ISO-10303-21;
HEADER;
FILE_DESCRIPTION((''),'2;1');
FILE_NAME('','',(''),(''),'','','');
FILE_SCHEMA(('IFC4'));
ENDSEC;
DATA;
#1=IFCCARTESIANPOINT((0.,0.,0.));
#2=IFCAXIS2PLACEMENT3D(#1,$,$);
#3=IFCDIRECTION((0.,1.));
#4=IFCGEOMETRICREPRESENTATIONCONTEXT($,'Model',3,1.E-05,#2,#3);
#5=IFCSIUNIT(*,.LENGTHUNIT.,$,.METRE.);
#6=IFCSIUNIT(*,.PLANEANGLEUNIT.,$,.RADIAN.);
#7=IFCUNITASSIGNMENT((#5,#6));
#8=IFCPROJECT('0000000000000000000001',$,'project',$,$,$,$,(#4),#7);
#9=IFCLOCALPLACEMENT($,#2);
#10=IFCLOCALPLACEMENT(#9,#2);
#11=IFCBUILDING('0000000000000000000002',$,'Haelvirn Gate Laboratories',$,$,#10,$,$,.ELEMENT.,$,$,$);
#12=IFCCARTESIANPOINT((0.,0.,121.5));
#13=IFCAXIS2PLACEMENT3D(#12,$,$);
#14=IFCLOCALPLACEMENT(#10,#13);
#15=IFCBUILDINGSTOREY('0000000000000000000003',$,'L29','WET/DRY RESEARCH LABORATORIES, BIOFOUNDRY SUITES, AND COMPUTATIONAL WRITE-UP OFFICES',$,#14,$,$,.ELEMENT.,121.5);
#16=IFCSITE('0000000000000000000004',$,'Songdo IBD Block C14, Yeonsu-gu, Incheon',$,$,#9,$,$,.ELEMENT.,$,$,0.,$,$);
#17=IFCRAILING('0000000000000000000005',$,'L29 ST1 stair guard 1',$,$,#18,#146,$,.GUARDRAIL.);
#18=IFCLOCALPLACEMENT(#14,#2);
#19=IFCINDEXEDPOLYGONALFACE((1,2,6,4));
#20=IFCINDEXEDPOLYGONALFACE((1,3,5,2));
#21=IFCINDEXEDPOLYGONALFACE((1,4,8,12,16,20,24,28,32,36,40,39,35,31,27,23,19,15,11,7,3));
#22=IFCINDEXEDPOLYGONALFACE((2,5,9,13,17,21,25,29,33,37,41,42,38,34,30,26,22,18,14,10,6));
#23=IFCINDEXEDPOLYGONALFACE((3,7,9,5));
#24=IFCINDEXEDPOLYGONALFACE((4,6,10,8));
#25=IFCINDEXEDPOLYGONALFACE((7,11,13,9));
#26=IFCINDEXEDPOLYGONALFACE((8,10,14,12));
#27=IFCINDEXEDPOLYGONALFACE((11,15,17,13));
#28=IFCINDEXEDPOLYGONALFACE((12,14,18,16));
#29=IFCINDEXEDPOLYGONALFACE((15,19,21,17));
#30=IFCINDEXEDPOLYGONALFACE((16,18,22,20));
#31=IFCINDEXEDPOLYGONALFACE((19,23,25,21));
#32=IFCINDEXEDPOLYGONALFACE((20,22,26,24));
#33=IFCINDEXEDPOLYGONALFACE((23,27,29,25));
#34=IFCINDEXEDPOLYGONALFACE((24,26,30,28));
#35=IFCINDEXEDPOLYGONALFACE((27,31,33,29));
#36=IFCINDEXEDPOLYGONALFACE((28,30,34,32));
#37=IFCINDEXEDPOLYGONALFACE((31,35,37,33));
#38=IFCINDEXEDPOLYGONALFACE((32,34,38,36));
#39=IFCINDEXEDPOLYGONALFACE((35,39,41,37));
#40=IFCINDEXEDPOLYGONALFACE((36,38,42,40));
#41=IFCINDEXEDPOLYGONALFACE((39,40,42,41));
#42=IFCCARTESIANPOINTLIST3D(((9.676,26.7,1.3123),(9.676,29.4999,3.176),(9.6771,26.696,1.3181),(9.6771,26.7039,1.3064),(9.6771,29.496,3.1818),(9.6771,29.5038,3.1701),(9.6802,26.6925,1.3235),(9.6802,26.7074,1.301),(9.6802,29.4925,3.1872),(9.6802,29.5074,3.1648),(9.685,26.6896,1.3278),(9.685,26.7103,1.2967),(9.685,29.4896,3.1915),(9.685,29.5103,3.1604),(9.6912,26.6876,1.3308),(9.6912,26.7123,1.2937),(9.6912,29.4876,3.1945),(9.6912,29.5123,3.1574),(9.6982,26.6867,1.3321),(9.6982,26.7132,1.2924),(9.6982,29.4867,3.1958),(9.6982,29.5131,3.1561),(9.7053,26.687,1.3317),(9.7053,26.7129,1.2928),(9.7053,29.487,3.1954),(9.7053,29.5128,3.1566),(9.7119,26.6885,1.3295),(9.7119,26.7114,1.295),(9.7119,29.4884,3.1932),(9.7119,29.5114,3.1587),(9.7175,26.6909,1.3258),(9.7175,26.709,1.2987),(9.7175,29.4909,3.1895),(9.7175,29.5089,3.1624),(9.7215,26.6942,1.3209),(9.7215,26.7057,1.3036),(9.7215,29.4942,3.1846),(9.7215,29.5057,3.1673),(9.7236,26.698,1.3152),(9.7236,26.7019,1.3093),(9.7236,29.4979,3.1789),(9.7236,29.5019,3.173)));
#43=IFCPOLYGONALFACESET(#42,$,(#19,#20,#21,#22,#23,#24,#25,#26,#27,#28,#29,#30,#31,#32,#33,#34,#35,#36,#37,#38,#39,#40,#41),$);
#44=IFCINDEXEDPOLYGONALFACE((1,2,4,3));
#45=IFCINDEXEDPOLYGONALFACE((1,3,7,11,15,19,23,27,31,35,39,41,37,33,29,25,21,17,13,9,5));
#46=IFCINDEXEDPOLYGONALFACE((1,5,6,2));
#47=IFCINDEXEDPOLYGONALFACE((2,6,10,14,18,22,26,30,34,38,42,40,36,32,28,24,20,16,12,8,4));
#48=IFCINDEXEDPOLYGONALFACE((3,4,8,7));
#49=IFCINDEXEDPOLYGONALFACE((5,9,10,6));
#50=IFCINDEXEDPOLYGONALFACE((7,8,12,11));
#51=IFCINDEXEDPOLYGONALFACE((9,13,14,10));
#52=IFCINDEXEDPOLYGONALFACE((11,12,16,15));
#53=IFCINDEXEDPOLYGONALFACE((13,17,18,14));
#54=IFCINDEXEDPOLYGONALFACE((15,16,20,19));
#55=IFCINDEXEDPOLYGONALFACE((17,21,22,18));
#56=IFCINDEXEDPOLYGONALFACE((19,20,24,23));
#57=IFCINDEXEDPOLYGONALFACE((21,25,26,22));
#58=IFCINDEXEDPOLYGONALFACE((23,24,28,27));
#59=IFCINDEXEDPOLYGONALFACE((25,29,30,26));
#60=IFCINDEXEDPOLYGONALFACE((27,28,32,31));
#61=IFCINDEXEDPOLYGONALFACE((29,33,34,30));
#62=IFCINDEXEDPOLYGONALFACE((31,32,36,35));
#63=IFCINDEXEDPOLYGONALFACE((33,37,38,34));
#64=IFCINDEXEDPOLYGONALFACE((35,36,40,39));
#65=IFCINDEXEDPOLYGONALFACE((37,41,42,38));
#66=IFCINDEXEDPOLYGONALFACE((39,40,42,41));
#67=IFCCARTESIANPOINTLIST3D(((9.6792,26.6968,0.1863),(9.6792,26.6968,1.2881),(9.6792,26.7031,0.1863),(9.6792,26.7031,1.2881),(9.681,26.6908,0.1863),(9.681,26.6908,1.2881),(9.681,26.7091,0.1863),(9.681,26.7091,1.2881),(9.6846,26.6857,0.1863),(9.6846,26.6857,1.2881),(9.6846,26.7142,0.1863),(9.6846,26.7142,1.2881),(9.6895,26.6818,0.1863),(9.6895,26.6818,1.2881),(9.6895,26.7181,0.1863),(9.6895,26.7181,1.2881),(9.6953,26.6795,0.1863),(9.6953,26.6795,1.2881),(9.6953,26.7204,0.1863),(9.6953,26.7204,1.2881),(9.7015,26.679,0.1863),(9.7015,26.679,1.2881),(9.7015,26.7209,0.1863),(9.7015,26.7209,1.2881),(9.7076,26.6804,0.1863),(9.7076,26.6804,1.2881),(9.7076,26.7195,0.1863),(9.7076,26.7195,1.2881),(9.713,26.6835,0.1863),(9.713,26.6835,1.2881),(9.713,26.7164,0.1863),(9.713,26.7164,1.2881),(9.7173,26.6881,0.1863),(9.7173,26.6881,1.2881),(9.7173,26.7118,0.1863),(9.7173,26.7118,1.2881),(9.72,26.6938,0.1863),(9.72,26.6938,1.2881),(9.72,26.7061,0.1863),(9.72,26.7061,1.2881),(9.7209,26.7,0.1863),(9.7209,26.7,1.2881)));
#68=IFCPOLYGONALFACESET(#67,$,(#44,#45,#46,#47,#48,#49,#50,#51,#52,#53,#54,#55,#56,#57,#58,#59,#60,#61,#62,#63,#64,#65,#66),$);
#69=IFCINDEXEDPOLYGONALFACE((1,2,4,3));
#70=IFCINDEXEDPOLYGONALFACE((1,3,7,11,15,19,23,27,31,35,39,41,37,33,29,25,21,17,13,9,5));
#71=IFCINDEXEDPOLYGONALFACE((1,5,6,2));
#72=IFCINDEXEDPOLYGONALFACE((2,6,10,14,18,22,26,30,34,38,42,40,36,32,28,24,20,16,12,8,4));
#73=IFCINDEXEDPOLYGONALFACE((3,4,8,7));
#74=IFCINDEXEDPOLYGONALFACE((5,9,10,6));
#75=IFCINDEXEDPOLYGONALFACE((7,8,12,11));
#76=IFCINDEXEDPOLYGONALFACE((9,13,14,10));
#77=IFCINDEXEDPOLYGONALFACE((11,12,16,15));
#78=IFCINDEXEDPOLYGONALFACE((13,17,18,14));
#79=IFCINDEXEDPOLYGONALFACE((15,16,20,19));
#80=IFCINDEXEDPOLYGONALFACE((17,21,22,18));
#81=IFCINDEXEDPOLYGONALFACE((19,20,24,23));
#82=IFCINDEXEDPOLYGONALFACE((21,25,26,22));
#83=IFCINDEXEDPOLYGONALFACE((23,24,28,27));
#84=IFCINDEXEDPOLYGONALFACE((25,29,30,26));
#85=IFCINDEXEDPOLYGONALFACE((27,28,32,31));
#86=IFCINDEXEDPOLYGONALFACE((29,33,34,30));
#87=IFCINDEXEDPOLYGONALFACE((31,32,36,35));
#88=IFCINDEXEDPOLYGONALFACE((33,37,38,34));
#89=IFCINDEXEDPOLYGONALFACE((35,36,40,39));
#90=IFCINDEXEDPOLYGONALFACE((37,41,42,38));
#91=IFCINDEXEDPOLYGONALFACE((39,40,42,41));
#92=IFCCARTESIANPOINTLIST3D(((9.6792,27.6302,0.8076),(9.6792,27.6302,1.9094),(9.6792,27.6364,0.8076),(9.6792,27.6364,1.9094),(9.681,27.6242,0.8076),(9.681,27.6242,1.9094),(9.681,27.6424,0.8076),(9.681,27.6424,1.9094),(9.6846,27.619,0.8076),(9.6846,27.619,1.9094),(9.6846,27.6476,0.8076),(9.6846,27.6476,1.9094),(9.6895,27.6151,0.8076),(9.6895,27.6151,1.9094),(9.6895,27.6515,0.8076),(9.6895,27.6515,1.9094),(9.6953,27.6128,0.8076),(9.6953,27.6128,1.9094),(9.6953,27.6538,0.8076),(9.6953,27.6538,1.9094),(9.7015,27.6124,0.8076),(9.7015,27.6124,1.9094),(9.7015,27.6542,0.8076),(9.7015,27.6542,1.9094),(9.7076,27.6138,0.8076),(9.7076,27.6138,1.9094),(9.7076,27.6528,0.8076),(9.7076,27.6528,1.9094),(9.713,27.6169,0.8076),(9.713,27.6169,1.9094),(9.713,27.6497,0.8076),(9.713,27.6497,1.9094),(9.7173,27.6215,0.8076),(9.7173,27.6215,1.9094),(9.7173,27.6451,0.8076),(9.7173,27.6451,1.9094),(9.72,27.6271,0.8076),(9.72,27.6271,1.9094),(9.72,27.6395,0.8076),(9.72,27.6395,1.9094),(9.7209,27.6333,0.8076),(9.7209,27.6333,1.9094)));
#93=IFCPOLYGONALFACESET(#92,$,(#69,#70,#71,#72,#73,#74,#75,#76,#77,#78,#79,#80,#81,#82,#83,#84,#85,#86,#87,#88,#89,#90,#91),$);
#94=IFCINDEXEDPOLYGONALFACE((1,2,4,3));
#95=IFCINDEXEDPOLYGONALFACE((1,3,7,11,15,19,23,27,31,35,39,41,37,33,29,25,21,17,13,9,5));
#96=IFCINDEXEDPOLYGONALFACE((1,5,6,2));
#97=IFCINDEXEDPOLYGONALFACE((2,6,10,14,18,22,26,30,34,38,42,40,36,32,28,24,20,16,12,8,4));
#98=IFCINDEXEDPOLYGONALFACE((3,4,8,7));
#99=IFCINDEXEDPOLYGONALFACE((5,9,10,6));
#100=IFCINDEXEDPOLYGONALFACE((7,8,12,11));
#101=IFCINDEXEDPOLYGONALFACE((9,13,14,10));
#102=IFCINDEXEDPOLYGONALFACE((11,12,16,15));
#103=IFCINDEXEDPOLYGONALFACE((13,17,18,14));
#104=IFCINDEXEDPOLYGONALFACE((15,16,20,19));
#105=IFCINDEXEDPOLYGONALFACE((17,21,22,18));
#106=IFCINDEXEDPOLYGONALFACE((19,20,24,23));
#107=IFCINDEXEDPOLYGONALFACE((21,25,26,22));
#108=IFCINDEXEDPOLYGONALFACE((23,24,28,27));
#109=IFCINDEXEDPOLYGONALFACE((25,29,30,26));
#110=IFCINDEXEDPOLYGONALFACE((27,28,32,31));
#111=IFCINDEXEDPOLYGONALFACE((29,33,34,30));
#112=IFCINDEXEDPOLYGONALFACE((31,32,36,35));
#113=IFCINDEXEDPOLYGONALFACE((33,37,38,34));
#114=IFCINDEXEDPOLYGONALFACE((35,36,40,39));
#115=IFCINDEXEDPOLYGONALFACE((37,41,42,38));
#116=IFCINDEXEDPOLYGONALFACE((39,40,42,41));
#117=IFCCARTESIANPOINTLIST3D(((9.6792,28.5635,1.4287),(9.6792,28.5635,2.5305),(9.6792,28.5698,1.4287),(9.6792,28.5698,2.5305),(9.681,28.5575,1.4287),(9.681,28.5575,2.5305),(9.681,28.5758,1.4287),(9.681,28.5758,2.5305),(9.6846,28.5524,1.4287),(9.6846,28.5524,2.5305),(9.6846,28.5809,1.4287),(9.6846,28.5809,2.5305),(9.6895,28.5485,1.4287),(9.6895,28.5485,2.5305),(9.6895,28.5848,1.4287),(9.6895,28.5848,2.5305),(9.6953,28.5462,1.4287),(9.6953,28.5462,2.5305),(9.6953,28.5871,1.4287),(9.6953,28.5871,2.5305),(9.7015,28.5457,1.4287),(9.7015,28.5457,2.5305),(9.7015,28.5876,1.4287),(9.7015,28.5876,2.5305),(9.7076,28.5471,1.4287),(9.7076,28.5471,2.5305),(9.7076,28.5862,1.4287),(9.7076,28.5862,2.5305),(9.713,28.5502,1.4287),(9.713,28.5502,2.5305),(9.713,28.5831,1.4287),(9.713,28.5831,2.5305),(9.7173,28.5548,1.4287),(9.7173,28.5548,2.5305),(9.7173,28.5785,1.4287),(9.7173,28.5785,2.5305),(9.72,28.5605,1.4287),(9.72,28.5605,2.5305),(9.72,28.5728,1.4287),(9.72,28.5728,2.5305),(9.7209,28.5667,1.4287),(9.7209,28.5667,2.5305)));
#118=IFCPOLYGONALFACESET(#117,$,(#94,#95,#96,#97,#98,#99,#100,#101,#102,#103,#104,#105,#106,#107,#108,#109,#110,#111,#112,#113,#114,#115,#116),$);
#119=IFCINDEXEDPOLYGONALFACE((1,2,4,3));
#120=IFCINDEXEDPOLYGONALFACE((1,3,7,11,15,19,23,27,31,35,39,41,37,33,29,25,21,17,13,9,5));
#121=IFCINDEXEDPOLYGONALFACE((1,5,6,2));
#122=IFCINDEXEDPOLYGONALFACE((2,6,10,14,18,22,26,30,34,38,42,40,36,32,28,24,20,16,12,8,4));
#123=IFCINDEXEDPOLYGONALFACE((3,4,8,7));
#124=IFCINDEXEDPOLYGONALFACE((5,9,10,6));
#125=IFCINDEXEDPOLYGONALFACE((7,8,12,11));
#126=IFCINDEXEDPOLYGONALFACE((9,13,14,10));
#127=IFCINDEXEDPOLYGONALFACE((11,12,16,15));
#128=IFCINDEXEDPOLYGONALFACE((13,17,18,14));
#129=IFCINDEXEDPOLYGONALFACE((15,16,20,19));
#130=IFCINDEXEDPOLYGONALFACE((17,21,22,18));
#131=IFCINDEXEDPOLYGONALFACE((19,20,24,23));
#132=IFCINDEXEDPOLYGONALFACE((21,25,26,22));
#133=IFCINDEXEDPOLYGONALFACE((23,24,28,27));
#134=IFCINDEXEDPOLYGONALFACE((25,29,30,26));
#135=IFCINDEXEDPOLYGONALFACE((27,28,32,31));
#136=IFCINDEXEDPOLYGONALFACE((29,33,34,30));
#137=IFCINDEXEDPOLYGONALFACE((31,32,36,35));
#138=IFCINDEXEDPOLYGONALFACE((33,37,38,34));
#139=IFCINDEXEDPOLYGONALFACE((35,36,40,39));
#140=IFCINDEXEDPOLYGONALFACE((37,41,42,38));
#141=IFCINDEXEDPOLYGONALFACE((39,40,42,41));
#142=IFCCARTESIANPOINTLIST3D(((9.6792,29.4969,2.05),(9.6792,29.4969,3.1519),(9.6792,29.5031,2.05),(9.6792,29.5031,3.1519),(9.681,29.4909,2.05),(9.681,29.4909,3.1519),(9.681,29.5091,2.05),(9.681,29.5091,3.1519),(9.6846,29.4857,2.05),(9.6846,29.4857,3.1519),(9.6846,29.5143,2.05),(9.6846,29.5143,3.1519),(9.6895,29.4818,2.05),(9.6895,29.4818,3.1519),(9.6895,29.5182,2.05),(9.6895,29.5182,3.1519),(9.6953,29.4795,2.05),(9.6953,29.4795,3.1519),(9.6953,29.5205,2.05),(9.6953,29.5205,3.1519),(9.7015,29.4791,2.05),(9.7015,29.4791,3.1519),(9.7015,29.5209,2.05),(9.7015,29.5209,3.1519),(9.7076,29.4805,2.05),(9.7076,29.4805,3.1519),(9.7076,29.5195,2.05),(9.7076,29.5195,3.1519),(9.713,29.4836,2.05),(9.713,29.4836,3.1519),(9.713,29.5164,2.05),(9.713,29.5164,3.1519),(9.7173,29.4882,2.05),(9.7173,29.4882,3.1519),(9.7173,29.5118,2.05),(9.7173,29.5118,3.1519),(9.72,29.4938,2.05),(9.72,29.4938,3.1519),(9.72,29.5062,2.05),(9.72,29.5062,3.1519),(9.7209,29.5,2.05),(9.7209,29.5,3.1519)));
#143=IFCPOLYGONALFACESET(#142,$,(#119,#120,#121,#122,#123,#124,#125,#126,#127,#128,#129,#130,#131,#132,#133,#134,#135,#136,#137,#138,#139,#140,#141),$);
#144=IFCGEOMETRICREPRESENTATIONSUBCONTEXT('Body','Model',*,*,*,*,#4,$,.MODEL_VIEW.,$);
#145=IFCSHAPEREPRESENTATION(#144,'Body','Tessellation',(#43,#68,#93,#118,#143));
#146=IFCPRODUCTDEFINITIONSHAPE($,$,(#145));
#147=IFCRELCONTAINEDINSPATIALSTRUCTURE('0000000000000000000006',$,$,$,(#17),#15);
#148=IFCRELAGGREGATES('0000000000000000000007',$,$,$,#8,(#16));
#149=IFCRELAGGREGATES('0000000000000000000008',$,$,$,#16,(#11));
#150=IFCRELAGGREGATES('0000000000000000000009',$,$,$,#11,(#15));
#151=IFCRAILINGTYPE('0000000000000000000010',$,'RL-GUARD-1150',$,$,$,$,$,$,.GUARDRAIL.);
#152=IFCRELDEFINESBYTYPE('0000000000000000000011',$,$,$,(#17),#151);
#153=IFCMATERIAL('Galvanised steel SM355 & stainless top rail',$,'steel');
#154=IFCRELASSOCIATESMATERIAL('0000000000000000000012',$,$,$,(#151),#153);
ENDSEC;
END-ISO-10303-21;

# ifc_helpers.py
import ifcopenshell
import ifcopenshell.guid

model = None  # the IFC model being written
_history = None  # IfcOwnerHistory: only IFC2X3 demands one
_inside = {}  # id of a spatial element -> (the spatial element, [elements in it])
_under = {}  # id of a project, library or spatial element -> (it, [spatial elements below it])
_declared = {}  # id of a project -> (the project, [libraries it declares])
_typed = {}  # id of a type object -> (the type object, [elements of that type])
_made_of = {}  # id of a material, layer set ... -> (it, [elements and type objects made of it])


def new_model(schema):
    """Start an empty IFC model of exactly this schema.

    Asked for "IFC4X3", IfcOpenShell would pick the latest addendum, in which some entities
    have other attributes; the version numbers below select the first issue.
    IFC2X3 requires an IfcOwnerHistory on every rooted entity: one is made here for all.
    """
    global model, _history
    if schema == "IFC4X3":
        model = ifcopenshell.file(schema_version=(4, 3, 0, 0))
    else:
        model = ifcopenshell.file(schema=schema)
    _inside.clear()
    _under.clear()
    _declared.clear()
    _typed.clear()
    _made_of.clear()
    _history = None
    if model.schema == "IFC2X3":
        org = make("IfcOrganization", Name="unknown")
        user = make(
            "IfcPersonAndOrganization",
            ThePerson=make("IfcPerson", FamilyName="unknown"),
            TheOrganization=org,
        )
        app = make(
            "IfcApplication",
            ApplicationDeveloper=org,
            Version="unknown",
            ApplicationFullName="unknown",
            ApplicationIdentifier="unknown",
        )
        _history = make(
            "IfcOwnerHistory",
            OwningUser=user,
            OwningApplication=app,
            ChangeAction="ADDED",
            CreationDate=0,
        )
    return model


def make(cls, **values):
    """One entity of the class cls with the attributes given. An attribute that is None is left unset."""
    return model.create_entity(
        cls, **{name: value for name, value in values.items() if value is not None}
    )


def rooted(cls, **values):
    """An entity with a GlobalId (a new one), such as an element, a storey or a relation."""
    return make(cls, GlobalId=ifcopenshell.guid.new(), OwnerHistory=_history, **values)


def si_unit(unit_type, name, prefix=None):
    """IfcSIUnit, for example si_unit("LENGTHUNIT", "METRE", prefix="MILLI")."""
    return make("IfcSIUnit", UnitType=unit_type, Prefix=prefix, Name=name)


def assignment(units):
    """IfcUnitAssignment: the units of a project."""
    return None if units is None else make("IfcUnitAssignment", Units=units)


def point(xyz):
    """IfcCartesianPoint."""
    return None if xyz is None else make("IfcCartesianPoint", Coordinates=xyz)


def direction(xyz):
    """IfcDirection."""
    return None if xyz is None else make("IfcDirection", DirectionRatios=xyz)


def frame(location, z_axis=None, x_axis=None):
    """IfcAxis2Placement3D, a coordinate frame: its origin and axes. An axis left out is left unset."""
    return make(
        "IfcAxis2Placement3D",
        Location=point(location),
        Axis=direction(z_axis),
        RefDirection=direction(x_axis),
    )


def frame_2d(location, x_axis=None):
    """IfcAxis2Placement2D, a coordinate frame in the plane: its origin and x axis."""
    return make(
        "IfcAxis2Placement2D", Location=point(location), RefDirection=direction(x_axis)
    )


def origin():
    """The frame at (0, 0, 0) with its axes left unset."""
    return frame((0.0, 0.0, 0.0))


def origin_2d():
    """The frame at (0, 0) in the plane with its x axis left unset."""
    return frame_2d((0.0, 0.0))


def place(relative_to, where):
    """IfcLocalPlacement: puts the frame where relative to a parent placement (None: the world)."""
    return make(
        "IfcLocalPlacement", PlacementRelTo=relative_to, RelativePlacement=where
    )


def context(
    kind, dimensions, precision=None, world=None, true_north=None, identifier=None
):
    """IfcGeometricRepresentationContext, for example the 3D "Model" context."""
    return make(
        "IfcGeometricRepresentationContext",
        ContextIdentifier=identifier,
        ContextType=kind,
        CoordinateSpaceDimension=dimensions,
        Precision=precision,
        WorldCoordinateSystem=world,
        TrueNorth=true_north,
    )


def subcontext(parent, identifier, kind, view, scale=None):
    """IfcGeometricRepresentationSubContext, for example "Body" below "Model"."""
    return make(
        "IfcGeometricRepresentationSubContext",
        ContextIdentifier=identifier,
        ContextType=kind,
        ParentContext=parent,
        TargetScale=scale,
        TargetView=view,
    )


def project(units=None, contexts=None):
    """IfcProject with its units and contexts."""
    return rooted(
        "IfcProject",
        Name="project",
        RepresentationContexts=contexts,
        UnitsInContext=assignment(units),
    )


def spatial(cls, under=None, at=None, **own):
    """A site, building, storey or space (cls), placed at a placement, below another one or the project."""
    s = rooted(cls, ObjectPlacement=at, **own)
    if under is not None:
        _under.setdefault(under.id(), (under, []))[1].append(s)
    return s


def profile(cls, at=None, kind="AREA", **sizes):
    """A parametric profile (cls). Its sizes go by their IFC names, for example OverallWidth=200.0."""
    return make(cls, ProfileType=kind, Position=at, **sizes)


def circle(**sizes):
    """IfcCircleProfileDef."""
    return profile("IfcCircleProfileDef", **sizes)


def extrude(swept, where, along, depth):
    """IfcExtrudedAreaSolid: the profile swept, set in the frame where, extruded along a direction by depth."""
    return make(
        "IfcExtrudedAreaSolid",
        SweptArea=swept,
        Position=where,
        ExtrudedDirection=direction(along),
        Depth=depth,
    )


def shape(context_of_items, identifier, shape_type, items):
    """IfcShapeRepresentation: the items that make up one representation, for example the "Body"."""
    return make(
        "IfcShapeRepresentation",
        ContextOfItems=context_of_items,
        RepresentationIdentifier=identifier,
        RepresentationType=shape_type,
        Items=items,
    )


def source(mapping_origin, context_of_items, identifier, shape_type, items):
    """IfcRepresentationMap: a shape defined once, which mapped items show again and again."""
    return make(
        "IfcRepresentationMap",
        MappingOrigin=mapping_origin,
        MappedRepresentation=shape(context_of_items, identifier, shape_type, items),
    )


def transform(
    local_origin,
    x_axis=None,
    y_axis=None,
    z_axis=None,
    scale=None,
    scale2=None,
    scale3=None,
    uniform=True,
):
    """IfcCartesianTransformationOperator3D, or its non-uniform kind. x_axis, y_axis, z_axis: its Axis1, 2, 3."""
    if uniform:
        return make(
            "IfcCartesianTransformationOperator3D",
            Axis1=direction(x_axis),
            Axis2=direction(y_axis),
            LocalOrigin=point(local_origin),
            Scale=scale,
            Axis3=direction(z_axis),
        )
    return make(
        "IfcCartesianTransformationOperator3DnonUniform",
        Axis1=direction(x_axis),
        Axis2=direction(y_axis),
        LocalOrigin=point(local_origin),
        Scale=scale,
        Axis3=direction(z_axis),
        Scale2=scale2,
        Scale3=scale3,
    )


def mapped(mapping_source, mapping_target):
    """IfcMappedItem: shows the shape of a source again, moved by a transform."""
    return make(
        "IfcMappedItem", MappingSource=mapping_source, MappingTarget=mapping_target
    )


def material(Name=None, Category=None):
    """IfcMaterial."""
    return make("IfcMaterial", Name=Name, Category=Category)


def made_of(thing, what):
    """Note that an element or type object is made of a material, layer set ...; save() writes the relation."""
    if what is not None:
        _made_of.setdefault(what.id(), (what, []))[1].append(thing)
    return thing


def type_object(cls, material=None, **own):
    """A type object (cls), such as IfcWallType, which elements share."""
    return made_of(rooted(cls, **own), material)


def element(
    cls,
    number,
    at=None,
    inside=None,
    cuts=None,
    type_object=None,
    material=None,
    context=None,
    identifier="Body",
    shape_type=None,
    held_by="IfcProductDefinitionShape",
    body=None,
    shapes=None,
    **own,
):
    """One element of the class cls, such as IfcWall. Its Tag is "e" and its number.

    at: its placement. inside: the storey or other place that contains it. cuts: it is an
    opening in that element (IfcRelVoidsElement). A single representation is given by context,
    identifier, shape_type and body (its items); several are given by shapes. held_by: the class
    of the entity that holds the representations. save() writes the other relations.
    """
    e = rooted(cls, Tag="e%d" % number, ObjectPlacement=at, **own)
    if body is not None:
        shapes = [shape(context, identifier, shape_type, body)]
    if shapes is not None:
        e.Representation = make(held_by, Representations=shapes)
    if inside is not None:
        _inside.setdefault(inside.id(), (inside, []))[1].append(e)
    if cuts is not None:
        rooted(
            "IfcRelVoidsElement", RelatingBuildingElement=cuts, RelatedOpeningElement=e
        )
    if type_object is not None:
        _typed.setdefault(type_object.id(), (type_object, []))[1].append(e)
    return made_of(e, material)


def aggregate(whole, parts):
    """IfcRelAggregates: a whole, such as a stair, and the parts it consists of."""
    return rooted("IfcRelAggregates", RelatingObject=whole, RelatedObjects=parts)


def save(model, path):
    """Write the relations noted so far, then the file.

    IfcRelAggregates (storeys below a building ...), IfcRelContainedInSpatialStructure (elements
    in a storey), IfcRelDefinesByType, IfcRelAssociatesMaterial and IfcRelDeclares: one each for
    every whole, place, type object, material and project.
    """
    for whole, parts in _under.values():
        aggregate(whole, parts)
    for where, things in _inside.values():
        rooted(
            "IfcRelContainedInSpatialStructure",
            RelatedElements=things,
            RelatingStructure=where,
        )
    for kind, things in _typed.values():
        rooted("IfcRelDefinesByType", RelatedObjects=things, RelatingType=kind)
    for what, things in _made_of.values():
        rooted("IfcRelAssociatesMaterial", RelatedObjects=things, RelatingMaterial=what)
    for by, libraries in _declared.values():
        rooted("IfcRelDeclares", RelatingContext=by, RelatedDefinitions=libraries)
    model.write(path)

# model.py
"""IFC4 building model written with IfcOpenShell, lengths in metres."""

from ifc_helpers import new_model, si_unit, direction, frame, origin, origin_2d, place, context, subcontext, project, spatial, circle, extrude, source, transform, mapped, material, type_object, element, save


model = new_model("IFC4")

# Units and contexts
model_context = context("Model", 3, precision=1e-05, world=origin(), true_north=direction((0.0, 1.0)))
body_context = subcontext(model_context, "Body", "Model", "MODEL_VIEW")
ifc_project = project(units=[si_unit("LENGTHUNIT", "METRE"), si_unit("PLANEANGLEUNIT", "RADIAN")], contexts=[model_context])

# Site, building, storey
site_placement = place(None, origin())
site = spatial("IfcSite", under=ifc_project, at=site_placement, Name="Songdo IBD Block C14, Yeonsu-gu, Incheon", CompositionType="ELEMENT", RefElevation=0.0)
building_placement = place(site_placement, origin())
building = spatial("IfcBuilding", under=site, at=building_placement, Name="Haelvirn Gate Laboratories", CompositionType="ELEMENT")
storey_placement = place(building_placement, frame((0.0, 0.0, 121.5)))
storey = spatial("IfcBuildingStorey", under=building, at=storey_placement, Name="L29", Description="WET/DRY RESEARCH LABORATORIES, BIOFOUNDRY SUITES, AND COMPUTATIONAL WRITE-UP OFFICES", CompositionType="ELEMENT", Elevation=121.5)

# Railing
ifc_material_1 = material(Name="Galvanised steel SM355 & stainless top rail", Category="steel")
railing_type_1 = type_object("IfcRailingType", Name="RL-GUARD-1150", PredefinedType="GUARDRAIL", material=ifc_material_1)
shared_shape_1 = source(origin(), body_context, "Body", "SweptSolid", [
    extrude(circle(Radius=0.0239, at=origin_2d()), frame((0.0, 0.0, 1.126), z_axis=(0.0, 0.832452, 0.554097), x_axis=(-1.0, 0.0, 0.0)), (0.0, 0.0, 1.0), 3.3635),
    extrude(circle(Radius=0.021, at=origin_2d()), origin(), (0.0, 0.0, 1.0), 1.1018),
    extrude(circle(Radius=0.021, at=origin_2d()), frame((0.0, 0.9333, 0.6213)), (0.0, 0.0, 1.0), 1.1018),
    extrude(circle(Radius=0.021, at=origin_2d()), frame((0.0, 1.8667, 1.2424)), (0.0, 0.0, 1.0), 1.1018),
    extrude(circle(Radius=0.021, at=origin_2d()), frame((0.0, 2.8, 1.8638)), (0.0, 0.0, 1.0), 1.1018),
])
railing_1_placement = place(storey_placement, frame((9.7, 26.7, 0.1863)))
element("IfcRailing", 1, at=railing_1_placement, inside=storey, type_object=railing_type_1, Name="L29 ST1 stair guard 1", PredefinedType="GUARDRAIL", context=body_context, shape_type="MappedRepresentation", body=[
    mapped(shared_shape_1, transform((0.0, 0.0, 0.0), scale=1.0)),
])

save(model, "model.ifc")
